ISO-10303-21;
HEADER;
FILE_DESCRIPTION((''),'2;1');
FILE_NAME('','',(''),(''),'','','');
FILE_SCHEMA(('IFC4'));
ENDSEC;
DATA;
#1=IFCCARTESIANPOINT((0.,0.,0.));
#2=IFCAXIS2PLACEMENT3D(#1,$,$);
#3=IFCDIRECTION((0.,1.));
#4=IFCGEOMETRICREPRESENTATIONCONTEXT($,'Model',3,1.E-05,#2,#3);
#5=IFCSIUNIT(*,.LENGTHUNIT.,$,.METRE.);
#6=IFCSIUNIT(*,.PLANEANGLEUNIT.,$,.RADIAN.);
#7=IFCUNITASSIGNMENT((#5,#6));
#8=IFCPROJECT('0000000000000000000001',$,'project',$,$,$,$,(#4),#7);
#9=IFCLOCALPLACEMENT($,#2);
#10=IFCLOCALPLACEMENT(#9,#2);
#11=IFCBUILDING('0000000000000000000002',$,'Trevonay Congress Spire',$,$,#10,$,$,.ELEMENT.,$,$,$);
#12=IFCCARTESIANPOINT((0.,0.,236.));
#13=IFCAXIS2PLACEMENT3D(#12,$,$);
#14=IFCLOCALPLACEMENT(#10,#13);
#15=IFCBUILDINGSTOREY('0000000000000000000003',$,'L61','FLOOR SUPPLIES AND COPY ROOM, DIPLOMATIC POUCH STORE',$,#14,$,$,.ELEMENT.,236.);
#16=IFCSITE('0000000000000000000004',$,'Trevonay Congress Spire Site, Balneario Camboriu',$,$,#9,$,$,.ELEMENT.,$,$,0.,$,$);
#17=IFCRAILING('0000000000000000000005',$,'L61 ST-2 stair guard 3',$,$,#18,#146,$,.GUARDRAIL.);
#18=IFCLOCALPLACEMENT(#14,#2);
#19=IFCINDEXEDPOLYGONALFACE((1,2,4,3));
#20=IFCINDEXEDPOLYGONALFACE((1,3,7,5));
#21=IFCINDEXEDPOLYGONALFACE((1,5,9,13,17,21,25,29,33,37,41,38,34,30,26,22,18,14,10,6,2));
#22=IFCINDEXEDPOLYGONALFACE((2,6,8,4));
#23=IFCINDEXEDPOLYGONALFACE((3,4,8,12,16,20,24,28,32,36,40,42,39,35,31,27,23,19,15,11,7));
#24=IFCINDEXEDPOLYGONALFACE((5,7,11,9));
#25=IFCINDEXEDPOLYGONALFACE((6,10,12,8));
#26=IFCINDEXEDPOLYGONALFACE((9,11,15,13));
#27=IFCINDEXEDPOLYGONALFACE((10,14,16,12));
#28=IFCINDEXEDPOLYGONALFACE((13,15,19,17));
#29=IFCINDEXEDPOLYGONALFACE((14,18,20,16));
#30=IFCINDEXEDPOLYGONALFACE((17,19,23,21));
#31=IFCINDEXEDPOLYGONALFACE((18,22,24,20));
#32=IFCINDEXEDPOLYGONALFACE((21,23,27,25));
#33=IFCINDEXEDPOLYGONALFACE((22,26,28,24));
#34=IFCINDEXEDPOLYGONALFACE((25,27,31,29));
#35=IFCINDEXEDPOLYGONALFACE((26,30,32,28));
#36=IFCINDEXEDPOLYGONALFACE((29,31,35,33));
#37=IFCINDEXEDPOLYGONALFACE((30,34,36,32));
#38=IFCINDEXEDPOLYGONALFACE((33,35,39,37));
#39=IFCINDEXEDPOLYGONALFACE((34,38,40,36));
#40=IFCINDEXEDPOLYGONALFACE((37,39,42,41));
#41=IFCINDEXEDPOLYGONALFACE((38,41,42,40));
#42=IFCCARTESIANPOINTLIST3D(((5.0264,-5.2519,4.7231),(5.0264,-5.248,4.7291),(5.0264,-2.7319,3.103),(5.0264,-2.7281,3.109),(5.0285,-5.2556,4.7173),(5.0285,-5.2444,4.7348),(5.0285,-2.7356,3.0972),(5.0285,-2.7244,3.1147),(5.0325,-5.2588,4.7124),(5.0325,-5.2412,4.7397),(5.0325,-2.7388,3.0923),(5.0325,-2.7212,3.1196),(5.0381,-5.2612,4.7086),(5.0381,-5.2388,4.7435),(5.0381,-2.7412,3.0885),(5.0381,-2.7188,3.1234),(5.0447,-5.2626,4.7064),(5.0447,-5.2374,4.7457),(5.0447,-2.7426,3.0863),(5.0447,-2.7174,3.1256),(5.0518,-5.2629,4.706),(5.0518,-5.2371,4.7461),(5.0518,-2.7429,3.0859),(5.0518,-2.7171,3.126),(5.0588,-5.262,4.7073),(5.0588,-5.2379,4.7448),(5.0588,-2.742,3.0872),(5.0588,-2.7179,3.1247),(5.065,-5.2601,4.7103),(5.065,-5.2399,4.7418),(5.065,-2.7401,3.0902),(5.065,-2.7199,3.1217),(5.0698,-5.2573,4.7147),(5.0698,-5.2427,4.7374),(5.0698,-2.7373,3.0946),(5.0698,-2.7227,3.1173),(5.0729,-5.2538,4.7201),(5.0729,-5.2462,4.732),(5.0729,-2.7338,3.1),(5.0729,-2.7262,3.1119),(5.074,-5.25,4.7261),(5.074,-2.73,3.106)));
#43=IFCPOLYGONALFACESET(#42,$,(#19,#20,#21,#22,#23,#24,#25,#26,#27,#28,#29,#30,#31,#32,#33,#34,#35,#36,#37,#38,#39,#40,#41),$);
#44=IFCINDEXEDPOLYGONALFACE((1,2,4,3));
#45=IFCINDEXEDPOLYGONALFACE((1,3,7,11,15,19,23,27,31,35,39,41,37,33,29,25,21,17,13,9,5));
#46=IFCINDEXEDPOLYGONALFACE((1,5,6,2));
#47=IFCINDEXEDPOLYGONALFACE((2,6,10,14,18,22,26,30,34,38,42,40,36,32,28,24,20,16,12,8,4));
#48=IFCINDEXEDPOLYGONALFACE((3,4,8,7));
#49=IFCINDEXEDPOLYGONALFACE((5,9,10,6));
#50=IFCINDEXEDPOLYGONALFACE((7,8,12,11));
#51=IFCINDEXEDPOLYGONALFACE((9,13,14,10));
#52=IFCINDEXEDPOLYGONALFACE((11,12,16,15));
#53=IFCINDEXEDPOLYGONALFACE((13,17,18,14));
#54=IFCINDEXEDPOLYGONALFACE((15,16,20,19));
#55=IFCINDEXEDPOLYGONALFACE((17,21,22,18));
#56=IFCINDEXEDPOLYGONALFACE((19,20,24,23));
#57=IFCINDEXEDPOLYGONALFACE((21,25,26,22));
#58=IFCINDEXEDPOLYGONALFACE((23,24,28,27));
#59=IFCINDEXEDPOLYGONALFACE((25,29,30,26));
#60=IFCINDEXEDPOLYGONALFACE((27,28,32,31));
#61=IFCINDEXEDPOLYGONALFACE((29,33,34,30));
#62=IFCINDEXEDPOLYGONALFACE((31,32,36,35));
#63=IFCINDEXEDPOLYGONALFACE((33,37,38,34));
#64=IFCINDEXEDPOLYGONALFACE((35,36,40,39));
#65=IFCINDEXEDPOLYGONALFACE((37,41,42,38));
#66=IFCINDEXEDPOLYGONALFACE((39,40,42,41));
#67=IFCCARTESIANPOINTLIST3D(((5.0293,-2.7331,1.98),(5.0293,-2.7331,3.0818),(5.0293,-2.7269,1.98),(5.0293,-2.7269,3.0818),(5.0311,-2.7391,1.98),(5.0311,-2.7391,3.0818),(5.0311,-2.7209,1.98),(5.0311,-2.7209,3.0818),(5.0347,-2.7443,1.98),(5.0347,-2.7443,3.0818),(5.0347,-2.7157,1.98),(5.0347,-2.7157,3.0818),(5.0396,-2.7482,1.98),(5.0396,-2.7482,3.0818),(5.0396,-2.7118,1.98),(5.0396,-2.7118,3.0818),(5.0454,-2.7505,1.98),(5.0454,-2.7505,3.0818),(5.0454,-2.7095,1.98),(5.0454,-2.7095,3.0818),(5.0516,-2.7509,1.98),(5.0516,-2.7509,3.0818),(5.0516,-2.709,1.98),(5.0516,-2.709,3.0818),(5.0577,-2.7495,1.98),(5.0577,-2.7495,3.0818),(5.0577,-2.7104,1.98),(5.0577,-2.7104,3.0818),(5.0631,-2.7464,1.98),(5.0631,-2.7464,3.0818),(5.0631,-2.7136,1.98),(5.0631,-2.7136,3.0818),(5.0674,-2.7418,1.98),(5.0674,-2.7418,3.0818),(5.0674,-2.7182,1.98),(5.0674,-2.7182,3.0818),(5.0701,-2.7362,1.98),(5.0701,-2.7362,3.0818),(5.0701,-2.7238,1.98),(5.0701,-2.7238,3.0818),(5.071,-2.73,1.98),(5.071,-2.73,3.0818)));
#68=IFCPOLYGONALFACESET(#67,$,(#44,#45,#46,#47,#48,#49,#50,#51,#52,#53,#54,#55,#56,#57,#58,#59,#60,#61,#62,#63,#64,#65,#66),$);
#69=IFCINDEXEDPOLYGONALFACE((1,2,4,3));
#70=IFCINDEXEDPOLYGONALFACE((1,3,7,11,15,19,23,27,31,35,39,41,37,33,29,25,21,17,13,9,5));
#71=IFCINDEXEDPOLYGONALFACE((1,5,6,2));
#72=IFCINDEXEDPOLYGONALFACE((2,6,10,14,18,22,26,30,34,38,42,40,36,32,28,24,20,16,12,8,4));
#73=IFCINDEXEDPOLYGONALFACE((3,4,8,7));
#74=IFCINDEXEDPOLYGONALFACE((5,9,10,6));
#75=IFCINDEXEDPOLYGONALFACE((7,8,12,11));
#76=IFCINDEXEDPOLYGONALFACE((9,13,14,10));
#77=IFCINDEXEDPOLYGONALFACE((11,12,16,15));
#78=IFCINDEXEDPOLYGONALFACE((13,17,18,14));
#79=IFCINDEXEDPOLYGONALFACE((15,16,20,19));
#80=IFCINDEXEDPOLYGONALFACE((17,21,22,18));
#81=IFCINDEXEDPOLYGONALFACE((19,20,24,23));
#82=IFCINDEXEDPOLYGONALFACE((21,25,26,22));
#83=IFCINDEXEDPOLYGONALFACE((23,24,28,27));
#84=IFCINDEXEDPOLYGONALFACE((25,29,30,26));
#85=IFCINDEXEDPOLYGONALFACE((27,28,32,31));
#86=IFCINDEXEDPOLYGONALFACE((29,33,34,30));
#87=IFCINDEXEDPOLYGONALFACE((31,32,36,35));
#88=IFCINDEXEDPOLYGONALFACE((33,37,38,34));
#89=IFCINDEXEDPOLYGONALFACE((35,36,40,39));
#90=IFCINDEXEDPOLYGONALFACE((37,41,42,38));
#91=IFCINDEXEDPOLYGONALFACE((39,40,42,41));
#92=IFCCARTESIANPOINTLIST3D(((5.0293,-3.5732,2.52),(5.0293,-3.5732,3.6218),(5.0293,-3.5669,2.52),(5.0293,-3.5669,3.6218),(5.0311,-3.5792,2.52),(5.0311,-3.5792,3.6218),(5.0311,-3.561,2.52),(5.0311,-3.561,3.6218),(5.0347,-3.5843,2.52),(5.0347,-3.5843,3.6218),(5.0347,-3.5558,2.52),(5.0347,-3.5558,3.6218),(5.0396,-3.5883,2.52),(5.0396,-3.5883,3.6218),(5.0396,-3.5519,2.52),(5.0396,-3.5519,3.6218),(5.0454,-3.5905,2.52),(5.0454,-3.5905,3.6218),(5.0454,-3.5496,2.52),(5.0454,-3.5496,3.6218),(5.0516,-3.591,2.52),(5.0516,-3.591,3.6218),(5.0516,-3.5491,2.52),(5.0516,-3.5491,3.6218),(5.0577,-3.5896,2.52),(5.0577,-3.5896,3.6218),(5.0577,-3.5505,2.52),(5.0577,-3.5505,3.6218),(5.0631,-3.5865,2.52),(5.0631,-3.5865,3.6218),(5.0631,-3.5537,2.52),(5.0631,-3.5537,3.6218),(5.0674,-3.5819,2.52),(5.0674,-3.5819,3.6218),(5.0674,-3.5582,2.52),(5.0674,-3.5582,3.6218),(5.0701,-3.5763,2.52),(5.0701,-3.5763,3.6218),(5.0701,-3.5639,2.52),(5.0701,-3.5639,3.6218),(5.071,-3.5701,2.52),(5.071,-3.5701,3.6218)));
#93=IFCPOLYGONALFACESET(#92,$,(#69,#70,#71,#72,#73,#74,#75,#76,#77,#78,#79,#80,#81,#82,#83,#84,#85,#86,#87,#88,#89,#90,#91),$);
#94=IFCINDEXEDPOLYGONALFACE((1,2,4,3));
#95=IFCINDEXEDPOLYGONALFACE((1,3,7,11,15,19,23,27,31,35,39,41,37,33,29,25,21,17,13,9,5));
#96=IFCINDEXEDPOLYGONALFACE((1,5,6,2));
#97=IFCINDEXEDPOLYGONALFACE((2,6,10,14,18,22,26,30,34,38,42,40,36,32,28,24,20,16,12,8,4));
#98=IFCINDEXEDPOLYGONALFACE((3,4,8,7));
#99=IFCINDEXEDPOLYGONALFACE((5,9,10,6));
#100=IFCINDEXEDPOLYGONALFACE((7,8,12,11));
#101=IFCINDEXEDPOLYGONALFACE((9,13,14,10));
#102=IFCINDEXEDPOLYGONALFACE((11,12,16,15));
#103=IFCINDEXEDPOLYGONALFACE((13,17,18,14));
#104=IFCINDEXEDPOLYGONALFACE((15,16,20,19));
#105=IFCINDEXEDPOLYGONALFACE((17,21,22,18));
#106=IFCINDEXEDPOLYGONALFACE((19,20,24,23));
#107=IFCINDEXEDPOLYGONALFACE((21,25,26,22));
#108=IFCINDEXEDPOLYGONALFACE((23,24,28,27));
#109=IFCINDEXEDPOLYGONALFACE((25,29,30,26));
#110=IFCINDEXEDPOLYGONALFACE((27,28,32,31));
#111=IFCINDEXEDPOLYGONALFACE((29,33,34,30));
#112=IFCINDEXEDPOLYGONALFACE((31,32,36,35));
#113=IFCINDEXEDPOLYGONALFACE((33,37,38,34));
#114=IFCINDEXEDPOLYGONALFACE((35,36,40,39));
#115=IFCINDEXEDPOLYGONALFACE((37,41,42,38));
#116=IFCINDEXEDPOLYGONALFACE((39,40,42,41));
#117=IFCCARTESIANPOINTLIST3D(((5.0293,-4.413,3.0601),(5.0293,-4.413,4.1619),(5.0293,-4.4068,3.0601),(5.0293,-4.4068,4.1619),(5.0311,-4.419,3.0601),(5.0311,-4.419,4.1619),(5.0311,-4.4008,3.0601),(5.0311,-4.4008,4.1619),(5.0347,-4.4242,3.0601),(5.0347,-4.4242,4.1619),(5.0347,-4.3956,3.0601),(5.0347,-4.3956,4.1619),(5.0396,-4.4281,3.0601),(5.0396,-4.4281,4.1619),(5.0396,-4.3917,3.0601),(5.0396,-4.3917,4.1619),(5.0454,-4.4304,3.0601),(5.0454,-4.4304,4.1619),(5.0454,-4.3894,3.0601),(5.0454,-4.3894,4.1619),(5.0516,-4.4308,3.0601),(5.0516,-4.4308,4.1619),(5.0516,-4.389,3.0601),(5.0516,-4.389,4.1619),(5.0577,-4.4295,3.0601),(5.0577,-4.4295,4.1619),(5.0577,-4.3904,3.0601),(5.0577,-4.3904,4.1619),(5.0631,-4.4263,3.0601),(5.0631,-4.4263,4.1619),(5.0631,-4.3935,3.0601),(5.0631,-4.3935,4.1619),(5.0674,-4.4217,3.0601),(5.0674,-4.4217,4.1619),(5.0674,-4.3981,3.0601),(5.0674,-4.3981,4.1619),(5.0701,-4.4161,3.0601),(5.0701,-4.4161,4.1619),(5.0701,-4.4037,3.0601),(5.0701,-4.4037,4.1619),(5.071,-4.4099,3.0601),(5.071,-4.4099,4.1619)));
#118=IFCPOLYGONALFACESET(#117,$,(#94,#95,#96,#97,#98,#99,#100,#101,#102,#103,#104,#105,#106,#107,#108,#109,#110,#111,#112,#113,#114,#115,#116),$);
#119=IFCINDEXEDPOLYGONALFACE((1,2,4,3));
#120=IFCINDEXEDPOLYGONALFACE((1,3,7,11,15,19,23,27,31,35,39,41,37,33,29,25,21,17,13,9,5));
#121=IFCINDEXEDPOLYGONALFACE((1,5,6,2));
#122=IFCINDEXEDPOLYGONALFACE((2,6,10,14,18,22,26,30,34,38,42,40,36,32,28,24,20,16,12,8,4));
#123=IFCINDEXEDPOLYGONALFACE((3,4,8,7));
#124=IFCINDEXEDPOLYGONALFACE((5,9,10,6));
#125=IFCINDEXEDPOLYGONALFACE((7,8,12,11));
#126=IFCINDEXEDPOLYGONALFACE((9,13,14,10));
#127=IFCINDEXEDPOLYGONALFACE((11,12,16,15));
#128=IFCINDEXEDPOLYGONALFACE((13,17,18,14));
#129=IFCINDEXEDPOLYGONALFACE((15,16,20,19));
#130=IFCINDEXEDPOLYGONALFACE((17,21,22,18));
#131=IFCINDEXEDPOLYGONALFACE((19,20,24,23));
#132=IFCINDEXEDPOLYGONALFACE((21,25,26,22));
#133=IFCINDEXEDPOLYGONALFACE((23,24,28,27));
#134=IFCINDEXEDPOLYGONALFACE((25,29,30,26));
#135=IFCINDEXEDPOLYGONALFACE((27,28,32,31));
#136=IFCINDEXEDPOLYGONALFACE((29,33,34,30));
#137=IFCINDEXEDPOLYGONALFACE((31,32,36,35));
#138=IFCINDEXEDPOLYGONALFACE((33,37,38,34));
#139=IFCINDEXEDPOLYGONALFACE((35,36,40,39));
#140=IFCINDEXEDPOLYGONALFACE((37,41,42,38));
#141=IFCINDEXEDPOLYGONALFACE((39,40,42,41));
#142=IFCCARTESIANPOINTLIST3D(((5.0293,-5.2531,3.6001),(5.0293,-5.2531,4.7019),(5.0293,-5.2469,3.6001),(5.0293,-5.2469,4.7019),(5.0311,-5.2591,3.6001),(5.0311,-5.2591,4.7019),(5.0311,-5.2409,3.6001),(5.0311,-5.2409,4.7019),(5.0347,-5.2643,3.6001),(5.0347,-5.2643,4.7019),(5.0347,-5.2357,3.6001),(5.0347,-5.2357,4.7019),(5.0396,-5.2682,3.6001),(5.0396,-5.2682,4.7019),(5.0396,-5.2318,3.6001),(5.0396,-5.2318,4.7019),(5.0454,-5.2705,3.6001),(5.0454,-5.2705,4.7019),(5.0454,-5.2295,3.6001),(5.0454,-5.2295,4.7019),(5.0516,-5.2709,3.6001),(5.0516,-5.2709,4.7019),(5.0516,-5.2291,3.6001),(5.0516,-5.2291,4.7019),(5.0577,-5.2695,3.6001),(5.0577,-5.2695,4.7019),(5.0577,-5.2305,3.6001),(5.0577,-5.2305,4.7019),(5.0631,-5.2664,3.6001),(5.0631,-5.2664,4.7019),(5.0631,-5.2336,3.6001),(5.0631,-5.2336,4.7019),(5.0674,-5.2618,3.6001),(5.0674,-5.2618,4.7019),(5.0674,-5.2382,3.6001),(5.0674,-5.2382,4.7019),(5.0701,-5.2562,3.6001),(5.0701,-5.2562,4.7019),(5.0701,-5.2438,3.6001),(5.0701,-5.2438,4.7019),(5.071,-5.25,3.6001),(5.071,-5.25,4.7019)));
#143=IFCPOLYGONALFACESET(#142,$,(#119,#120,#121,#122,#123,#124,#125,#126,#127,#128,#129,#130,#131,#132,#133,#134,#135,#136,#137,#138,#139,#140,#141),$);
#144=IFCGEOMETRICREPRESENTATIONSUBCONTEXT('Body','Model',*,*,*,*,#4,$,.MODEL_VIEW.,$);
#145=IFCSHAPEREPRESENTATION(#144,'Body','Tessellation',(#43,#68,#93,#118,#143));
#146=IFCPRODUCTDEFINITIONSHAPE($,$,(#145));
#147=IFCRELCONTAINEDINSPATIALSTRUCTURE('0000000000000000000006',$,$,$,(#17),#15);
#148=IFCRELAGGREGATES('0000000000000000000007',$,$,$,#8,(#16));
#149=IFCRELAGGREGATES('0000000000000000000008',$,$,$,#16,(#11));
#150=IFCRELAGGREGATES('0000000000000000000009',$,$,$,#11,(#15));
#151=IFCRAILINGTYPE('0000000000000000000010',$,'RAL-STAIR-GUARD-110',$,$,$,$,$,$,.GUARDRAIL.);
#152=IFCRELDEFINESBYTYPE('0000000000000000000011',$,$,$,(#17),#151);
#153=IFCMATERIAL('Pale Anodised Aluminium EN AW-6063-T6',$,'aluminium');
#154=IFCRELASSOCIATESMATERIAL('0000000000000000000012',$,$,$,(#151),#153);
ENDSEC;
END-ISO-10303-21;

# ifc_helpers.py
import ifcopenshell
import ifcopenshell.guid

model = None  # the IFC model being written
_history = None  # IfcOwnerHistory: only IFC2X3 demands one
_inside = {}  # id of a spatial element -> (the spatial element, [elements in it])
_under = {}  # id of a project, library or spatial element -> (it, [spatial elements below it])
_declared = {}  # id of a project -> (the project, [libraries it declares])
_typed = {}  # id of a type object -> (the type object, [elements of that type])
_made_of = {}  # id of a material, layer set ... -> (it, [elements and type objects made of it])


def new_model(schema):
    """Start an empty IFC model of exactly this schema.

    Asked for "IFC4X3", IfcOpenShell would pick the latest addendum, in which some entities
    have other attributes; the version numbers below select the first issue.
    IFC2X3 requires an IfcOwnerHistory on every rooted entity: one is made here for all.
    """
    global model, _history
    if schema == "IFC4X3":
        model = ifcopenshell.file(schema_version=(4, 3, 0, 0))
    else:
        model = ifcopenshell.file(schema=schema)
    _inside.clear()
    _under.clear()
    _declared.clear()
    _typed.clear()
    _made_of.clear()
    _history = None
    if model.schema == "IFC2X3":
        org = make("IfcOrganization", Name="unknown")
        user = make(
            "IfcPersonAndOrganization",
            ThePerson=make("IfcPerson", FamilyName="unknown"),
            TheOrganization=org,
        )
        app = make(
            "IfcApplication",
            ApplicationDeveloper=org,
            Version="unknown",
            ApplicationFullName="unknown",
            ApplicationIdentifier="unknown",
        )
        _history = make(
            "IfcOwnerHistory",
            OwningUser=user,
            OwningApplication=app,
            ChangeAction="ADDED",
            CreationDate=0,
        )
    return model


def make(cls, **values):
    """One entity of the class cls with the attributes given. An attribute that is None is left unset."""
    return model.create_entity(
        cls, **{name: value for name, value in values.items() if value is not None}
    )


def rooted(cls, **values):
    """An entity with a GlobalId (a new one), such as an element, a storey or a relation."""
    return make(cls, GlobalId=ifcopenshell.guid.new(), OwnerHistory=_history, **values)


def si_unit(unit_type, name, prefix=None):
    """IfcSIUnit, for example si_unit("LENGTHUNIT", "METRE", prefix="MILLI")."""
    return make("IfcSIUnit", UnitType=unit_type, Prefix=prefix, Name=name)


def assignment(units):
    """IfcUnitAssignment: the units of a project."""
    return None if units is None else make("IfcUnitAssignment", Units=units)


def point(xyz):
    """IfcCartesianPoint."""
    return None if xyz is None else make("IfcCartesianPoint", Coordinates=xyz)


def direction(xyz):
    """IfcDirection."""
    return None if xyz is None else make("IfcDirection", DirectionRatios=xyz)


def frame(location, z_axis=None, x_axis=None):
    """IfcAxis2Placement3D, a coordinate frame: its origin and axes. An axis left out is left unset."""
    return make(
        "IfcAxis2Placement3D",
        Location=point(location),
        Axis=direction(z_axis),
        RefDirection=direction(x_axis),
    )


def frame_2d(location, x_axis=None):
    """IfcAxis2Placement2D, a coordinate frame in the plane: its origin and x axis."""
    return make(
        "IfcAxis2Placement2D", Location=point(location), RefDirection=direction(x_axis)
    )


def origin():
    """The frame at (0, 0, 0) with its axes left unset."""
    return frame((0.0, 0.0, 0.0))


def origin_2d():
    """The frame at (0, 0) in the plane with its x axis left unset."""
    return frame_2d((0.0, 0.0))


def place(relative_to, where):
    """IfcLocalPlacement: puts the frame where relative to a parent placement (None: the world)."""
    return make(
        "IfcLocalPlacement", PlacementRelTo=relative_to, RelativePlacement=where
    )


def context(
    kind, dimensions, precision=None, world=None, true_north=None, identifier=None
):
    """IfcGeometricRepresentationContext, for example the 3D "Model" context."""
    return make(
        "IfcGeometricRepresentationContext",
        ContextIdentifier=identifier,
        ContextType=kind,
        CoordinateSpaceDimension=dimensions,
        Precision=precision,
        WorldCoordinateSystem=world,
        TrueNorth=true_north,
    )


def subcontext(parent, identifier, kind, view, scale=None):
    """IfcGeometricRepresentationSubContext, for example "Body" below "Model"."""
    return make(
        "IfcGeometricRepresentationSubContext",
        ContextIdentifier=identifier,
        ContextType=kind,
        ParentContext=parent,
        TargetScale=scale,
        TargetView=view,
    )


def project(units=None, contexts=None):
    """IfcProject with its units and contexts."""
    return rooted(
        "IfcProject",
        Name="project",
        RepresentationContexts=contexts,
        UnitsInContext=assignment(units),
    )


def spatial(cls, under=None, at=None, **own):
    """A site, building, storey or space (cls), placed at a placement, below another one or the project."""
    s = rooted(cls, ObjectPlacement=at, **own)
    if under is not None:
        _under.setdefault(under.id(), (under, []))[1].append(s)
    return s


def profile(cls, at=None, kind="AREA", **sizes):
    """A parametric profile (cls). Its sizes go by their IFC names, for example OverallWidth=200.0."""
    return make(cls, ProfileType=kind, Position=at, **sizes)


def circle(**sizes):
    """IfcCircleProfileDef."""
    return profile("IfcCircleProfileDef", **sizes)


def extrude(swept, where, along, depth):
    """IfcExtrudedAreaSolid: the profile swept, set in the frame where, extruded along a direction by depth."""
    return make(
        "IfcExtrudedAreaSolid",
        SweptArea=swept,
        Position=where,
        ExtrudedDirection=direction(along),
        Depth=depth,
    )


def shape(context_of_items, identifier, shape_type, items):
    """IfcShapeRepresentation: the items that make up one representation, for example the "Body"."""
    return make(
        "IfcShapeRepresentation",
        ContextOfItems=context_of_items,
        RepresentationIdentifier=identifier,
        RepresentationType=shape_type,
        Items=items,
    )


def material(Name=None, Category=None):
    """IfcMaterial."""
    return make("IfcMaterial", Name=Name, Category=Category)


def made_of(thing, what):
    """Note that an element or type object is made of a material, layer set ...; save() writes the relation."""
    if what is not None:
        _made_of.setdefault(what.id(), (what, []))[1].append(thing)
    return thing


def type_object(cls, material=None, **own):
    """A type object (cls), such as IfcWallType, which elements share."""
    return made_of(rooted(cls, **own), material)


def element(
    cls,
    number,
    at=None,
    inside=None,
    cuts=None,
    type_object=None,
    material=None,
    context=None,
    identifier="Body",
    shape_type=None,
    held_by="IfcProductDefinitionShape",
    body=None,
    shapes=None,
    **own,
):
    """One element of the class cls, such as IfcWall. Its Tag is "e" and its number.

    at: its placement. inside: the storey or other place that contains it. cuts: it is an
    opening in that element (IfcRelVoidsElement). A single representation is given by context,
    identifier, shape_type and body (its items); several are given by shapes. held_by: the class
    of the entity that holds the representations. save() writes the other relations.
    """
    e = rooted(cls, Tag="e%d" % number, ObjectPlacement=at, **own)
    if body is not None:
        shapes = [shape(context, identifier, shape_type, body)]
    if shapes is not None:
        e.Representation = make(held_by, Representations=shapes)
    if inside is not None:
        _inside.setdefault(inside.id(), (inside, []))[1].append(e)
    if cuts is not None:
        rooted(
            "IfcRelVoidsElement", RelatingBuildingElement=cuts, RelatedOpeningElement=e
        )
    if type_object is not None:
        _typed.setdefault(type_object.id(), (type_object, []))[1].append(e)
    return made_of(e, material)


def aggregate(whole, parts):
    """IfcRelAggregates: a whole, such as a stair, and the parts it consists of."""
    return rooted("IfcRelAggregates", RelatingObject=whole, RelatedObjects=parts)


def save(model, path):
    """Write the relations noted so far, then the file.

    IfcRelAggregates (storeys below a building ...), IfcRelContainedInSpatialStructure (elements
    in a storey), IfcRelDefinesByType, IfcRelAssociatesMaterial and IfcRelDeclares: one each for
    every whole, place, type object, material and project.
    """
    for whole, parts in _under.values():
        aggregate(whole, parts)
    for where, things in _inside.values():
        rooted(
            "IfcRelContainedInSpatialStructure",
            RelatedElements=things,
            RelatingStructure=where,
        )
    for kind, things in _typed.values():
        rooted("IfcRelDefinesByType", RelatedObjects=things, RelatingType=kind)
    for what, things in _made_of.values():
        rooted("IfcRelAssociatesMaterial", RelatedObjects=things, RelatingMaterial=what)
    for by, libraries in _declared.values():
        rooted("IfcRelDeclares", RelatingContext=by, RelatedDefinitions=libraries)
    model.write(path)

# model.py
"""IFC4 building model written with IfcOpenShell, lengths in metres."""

from ifc_helpers import new_model, si_unit, direction, frame, origin, origin_2d, place, context, subcontext, project, spatial, circle, extrude, material, type_object, element, save


model = new_model("IFC4")

# Units and contexts
model_context = context("Model", 3, precision=1e-05, world=origin(), true_north=direction((0.0, 1.0)))
body_context = subcontext(model_context, "Body", "Model", "MODEL_VIEW")
ifc_project = project(units=[si_unit("LENGTHUNIT", "METRE"), si_unit("PLANEANGLEUNIT", "RADIAN")], contexts=[model_context])

# Site, building, storey
site_placement = place(None, origin())
site = spatial("IfcSite", under=ifc_project, at=site_placement, Name="Trevonay Congress Spire Site, Balneario Camboriu", CompositionType="ELEMENT", RefElevation=0.0)
building_placement = place(site_placement, origin())
building = spatial("IfcBuilding", under=site, at=building_placement, Name="Trevonay Congress Spire", CompositionType="ELEMENT")
storey_placement = place(building_placement, frame((0.0, 0.0, 236.0)))
storey = spatial("IfcBuildingStorey", under=building, at=storey_placement, Name="L61", Description="FLOOR SUPPLIES AND COPY ROOM, DIPLOMATIC POUCH STORE", CompositionType="ELEMENT", Elevation=236.0)

# Shared definitions
ifc_material_1 = material(Name="Pale Anodised Aluminium EN AW-6063-T6", Category="aluminium")

# Railing
railing_type_1 = type_object("IfcRailingType", Name="RAL-STAIR-GUARD-110", PredefinedType="GUARDRAIL", material=ifc_material_1)
railing_1_placement = place(storey_placement, frame((5.05, -2.73, 1.98)))
element("IfcRailing", 1, at=railing_1_placement, inside=storey, type_object=railing_type_1, Name="L61 ST-2 stair guard 3", PredefinedType="GUARDRAIL", context=body_context, shape_type="SweptSolid", body=[
    extrude(circle(Radius=0.0239, at=origin_2d()), frame((0.0, 0.0, 1.126), z_axis=(0.0, -0.841163, 0.540782), x_axis=(1.0, 0.0, 0.0)), (0.0, 0.0, 1.0), 2.9958),
    extrude(circle(Radius=0.021, at=origin_2d()), origin(), (0.0, 0.0, 1.0), 1.1018),
    extrude(circle(Radius=0.021, at=origin_2d()), frame((0.0, -0.8401, 0.54)), (0.0, 0.0, 1.0), 1.1018),
    extrude(circle(Radius=0.021, at=origin_2d()), frame((0.0, -1.6799, 1.0801)), (0.0, 0.0, 1.0), 1.1018),
    extrude(circle(Radius=0.021, at=origin_2d()), frame((0.0, -2.52, 1.6201)), (0.0, 0.0, 1.0), 1.1018),
])

save(model, "model.ifc")
